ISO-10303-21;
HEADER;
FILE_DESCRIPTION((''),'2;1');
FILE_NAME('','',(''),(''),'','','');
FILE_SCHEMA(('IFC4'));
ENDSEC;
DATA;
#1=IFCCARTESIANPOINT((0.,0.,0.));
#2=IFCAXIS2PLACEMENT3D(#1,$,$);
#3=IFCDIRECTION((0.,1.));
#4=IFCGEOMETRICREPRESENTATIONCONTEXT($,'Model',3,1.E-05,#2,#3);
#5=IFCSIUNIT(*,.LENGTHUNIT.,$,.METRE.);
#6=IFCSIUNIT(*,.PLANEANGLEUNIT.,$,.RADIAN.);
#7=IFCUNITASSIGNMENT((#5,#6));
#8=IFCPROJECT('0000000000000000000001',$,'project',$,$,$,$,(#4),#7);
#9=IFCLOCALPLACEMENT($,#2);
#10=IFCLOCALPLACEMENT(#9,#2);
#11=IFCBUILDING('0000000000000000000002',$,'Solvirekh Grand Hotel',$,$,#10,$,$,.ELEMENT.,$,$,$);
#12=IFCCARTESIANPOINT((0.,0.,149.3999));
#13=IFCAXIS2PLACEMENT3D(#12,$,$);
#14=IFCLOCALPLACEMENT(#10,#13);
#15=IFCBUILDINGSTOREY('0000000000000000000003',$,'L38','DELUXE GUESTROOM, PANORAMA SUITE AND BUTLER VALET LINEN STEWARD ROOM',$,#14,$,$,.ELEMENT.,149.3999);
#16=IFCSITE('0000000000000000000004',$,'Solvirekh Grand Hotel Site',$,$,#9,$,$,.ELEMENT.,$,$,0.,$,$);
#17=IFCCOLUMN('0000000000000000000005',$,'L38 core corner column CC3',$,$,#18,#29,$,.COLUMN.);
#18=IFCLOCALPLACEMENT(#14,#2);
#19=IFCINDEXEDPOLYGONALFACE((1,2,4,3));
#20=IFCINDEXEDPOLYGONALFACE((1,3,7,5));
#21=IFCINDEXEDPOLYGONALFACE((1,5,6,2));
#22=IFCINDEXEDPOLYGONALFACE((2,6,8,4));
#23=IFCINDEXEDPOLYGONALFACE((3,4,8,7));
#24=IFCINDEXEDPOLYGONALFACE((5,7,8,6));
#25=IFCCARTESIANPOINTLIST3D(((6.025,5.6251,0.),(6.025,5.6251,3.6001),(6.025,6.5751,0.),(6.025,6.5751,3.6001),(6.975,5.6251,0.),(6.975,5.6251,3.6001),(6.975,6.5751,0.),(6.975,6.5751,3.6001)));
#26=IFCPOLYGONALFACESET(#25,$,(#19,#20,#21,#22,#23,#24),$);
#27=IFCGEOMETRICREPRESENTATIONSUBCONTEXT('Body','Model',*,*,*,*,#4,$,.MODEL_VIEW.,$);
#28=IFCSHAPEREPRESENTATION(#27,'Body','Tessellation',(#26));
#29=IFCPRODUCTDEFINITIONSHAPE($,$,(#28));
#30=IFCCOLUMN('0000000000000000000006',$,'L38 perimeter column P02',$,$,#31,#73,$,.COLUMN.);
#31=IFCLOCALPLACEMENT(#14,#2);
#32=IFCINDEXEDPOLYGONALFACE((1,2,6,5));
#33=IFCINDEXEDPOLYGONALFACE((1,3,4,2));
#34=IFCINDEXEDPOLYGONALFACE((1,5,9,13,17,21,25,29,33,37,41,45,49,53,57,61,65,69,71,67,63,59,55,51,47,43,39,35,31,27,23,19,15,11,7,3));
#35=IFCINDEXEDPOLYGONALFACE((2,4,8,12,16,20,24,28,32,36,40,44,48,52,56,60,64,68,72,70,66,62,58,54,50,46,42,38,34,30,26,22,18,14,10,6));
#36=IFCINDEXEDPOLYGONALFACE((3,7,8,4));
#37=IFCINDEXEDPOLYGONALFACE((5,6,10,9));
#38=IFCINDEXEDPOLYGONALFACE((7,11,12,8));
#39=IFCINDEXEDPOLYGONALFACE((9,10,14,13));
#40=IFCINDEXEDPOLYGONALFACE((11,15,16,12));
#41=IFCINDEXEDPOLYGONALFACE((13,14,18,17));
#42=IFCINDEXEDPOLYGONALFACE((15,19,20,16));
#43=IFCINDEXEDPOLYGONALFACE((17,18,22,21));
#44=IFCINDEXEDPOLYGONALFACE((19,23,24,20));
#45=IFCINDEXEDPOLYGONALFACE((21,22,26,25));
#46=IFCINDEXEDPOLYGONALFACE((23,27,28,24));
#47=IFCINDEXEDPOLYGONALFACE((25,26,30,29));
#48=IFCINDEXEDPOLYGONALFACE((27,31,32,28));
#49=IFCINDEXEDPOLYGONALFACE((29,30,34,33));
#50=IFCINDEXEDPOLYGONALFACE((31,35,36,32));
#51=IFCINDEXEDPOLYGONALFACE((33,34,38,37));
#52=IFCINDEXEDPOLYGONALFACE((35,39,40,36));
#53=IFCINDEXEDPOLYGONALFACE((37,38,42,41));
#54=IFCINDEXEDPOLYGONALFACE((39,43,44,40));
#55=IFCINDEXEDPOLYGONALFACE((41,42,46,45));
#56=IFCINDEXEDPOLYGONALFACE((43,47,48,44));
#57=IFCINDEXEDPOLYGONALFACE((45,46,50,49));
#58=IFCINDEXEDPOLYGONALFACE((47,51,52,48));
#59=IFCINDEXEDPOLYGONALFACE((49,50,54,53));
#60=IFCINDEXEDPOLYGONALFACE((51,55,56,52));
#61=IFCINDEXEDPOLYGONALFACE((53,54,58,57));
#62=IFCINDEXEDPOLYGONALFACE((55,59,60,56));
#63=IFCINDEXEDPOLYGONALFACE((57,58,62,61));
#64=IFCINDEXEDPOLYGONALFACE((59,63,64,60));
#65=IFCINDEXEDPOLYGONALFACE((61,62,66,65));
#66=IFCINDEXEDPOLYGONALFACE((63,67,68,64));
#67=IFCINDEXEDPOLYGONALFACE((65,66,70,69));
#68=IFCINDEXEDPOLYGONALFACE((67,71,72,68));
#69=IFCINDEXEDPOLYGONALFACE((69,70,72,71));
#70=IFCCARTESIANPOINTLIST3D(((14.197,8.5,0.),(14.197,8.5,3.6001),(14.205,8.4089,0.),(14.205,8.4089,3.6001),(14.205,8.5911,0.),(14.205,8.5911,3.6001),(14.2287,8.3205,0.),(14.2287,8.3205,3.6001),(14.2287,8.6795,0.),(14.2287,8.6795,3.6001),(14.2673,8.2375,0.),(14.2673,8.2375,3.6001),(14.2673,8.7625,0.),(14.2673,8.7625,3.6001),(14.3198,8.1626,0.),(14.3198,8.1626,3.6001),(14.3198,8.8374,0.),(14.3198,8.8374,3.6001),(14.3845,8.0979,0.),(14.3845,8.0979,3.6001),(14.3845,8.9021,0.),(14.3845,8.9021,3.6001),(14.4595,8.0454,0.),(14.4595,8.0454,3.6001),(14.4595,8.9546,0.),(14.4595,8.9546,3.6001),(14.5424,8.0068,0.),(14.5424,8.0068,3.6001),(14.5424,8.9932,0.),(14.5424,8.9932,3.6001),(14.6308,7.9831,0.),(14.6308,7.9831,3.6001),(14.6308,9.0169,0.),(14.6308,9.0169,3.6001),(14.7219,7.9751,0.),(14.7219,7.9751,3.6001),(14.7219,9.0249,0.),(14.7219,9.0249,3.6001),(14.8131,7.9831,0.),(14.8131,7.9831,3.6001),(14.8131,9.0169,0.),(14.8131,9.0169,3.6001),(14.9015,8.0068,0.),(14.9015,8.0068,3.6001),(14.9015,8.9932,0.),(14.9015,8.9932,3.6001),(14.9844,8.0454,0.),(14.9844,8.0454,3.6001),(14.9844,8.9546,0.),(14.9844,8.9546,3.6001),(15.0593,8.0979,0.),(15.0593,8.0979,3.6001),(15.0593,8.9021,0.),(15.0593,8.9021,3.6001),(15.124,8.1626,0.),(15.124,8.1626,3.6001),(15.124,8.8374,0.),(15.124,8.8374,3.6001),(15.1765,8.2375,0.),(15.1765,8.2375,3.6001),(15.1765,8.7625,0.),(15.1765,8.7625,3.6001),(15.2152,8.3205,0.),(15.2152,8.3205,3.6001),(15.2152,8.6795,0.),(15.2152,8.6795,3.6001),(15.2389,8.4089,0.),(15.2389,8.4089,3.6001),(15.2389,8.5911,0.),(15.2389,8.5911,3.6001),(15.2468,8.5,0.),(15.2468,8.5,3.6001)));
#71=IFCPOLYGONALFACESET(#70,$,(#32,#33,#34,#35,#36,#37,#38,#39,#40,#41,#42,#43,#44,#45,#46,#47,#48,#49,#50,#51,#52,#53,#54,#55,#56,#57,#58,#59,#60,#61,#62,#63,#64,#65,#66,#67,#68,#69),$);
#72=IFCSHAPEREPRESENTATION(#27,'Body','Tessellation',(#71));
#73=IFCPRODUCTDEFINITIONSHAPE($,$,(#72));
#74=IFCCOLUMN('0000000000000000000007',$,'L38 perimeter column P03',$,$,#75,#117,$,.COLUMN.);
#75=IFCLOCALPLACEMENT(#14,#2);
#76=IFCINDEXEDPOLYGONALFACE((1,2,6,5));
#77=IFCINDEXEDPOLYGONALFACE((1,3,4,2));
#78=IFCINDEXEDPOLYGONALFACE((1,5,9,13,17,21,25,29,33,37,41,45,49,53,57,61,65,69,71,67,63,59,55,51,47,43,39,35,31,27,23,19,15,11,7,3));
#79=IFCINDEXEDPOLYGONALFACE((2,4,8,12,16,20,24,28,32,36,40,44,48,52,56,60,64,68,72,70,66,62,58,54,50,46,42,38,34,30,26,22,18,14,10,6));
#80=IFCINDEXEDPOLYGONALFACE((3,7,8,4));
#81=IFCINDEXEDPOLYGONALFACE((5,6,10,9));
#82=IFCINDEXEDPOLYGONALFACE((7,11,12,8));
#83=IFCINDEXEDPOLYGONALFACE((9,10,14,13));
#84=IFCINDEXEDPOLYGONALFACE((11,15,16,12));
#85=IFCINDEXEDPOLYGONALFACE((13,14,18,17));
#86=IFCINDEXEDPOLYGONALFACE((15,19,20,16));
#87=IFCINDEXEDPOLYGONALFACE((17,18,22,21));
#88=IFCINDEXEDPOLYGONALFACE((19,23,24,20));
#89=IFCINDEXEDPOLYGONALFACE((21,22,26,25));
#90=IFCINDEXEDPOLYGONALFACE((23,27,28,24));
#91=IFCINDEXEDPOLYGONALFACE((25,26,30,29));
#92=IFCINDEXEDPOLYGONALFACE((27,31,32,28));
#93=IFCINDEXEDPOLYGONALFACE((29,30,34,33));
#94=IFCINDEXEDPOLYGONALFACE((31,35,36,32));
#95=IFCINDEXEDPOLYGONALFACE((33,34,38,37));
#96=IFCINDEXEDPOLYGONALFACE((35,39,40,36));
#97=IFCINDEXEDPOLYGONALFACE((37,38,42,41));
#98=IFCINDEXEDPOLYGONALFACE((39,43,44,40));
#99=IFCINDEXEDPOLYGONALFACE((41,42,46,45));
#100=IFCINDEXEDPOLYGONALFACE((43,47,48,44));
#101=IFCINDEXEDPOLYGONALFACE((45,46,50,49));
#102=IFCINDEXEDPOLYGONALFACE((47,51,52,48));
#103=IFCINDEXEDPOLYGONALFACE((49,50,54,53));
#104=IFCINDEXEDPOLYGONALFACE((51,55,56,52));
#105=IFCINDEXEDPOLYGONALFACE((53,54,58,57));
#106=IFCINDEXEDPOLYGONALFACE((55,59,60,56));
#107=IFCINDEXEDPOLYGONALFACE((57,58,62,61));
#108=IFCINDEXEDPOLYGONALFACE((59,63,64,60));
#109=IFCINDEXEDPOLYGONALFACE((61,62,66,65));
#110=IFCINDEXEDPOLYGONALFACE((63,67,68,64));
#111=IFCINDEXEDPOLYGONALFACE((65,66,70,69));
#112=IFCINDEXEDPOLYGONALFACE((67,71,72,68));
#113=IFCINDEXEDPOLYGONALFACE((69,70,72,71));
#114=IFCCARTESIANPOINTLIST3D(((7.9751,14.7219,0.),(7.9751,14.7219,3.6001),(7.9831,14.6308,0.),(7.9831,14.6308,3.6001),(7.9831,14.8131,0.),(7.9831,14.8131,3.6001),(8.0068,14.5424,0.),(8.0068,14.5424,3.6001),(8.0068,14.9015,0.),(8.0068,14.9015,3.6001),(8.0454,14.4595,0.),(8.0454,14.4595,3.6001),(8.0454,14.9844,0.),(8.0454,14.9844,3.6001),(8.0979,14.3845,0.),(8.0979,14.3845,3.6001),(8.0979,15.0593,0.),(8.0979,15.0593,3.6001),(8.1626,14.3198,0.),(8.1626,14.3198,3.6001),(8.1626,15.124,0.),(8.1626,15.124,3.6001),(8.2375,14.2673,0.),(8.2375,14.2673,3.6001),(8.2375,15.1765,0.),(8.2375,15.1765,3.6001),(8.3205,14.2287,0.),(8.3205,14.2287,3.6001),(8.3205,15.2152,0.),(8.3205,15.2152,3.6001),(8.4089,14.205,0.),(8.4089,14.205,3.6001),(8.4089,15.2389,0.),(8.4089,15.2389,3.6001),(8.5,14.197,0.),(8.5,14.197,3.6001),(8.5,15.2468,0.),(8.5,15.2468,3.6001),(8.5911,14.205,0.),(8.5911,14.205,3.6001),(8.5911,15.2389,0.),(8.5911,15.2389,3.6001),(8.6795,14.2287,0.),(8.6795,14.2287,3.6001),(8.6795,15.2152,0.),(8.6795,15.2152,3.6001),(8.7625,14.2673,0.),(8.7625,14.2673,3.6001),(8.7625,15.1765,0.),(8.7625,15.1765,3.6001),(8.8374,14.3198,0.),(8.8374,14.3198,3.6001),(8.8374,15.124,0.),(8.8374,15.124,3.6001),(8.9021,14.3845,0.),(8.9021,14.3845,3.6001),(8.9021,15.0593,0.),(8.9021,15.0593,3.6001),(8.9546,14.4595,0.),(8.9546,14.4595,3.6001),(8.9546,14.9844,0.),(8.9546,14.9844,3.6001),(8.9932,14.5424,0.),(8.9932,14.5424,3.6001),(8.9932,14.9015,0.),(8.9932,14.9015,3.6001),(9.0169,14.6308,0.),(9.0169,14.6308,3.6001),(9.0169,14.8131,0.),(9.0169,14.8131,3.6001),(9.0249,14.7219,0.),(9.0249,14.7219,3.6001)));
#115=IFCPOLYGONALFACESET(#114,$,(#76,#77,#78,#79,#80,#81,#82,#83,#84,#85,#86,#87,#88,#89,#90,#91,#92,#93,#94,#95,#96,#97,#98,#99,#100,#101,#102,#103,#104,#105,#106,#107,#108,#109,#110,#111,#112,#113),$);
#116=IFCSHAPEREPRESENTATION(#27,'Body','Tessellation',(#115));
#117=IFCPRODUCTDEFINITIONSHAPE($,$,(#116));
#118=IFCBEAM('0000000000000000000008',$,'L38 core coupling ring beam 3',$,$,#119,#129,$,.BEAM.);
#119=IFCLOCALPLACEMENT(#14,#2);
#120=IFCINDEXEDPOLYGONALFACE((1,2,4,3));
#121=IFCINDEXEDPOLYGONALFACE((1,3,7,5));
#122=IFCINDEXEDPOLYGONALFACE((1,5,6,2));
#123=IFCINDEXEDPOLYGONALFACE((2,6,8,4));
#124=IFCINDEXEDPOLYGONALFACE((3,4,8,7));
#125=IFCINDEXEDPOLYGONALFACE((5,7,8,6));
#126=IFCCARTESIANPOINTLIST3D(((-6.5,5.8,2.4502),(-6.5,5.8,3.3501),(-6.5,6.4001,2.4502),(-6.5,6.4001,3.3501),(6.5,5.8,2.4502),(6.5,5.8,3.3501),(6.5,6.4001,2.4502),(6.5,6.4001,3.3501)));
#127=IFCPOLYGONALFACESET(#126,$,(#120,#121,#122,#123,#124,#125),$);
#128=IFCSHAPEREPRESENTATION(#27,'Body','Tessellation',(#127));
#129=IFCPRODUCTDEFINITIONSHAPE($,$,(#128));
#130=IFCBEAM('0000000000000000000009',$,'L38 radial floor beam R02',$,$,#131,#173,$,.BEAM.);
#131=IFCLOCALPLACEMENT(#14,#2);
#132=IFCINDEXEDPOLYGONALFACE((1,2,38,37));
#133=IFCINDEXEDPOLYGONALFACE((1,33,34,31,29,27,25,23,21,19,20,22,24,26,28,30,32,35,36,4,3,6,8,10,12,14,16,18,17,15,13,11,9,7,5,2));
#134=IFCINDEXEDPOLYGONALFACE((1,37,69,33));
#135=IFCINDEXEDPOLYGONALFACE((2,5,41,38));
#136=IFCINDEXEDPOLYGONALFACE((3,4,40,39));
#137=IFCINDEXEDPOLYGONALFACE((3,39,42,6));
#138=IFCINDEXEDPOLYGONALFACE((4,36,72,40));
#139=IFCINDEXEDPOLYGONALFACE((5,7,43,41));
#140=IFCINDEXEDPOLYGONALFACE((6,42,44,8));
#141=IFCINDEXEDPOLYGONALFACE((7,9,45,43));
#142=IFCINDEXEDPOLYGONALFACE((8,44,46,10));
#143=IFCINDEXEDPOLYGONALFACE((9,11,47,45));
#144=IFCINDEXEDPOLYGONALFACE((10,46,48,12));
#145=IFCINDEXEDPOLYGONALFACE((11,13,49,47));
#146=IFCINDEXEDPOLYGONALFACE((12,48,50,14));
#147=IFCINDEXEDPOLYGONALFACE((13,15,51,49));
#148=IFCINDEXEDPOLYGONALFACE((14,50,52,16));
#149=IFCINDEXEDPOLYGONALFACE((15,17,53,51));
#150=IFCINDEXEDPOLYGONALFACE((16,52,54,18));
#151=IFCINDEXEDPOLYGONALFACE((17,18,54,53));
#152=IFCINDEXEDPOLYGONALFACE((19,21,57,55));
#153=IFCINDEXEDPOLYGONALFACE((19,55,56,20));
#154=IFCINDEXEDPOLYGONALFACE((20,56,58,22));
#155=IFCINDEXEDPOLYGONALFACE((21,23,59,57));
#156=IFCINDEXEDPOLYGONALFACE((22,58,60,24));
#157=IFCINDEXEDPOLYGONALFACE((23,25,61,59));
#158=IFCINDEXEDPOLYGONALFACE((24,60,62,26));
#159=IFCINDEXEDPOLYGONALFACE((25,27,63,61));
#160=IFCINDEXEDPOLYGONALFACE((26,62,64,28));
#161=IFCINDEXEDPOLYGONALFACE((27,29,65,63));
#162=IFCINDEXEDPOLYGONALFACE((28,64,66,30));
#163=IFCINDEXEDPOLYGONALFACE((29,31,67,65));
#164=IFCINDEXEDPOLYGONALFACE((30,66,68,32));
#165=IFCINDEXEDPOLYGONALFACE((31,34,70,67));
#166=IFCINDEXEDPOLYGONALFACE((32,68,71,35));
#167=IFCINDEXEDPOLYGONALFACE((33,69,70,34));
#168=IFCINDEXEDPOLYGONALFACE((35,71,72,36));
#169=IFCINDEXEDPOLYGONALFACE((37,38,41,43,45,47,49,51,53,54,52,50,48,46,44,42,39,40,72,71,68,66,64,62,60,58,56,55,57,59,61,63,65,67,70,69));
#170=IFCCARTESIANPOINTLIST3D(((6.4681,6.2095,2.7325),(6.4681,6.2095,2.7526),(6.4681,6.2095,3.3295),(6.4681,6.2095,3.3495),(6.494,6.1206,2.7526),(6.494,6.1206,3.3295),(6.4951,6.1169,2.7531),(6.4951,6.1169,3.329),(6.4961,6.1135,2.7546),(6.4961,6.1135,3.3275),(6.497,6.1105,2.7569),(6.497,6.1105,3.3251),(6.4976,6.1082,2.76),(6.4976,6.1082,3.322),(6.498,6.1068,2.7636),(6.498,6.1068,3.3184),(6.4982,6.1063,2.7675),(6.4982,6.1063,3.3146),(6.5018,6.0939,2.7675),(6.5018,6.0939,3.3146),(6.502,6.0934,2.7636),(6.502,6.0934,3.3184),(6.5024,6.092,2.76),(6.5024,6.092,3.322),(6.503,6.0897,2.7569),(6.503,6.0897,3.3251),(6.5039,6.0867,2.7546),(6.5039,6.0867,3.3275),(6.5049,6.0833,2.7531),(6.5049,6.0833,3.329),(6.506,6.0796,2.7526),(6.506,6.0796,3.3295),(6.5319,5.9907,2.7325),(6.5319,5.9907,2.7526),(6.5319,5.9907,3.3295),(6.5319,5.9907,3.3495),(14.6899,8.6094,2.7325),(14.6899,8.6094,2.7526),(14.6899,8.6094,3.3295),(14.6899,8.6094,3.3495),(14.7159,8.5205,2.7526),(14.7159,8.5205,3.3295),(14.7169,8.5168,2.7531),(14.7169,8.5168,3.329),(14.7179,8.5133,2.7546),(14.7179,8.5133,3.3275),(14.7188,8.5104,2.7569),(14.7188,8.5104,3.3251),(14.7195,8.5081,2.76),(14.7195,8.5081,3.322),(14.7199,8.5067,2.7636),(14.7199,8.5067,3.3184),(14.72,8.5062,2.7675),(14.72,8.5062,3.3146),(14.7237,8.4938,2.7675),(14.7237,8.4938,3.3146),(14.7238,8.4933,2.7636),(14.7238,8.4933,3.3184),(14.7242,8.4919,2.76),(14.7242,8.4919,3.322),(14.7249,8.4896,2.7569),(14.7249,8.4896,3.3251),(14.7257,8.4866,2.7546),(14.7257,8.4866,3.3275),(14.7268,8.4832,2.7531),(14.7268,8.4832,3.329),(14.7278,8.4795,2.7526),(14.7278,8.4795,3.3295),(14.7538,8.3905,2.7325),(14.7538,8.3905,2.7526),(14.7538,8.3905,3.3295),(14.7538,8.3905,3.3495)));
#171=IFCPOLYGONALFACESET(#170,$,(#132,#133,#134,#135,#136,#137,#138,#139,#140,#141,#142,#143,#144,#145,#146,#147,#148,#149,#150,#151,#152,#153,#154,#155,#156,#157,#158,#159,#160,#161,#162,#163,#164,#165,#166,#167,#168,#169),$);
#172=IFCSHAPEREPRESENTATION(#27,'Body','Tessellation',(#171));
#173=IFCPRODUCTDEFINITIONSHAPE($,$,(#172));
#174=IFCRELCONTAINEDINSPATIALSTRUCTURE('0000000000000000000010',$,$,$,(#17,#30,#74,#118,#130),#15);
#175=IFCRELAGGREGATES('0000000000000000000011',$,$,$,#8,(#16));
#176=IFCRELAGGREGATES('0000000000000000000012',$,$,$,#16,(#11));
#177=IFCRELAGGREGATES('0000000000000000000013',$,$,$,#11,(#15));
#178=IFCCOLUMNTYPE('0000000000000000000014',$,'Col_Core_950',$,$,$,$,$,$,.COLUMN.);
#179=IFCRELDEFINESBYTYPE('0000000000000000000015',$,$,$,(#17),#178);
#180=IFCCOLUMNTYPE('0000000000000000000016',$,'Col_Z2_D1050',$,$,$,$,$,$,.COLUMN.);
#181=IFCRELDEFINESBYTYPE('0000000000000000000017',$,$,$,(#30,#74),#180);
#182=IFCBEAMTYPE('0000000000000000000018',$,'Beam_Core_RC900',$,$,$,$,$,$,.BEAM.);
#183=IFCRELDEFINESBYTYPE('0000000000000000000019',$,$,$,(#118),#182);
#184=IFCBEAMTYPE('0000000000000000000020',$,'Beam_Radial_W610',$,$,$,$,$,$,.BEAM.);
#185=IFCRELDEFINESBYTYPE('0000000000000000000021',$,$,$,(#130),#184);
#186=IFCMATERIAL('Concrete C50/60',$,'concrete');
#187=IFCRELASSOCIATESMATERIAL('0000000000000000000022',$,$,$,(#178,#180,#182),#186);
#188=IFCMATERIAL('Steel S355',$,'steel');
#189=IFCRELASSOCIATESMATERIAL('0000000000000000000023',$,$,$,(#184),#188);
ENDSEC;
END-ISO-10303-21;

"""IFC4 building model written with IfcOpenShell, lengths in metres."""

from ifc_helpers import new_model, si_unit, direction, frame, origin, origin_2d, place, context, subcontext, project, spatial, rectangle, circle, i_section, extrude, material, material_profile, profile_set, type_object, element, save


model = new_model("IFC4")

# Units and contexts
model_context = context("Model", 3, precision=1e-05, world=origin(), true_north=direction((0.0, 1.0)))
body_context = subcontext(model_context, "Body", "Model", "MODEL_VIEW")
ifc_project = project(units=[si_unit("LENGTHUNIT", "METRE"), si_unit("PLANEANGLEUNIT", "RADIAN")], contexts=[model_context])

# Site, building, storey
site_placement = place(None, origin())
site = spatial("IfcSite", under=ifc_project, at=site_placement, Name="Solvirekh Grand Hotel Site", CompositionType="ELEMENT", RefElevation=0.0)
building_placement = place(site_placement, origin())
building = spatial("IfcBuilding", under=site, at=building_placement, Name="Solvirekh Grand Hotel", CompositionType="ELEMENT")
storey_placement = place(building_placement, frame((0.0, 0.0, 149.3999)))
storey = spatial("IfcBuildingStorey", under=building, at=storey_placement, Name="L38", Description="DELUXE GUESTROOM, PANORAMA SUITE AND BUTLER VALET LINEN STEWARD ROOM", CompositionType="ELEMENT", Elevation=149.3999)

# Columns
ifc_material_1 = material(Name="Concrete C50/60", Category="concrete")
ifc_material_profile_1 = material_profile(ifc_material_1, rectangle(XDim=0.95, YDim=0.95, at=origin_2d()), Name="RC 950X950")
ifc_profile_set_1 = profile_set([ifc_material_profile_1], Name="Concrete C50/60")
column_type_1 = type_object("IfcColumnType", Name="Col_Core_950", PredefinedType="COLUMN", material=ifc_profile_set_1)
column_placement = place(storey_placement, frame((6.5, 6.1001, 0.0), z_axis=(0.0, 0.0, 1.0), x_axis=(1.0, 0.0, 0.0)))
element("IfcColumn", 1, at=column_placement, inside=storey, type_object=column_type_1, Name="L38 core corner column CC3", PredefinedType="COLUMN", context=body_context, shape_type="SweptSolid", body=[
    extrude(rectangle(XDim=0.95, YDim=0.95, at=origin_2d()), origin(), (0.0, 0.0, 1.0), 3.6001),
])
ifc_material_profile_2 = material_profile(ifc_material_1, circle(Radius=0.5249, at=origin_2d()), Name="RC CIRC D1050")
ifc_profile_set_2 = profile_set([ifc_material_profile_2], Name="Concrete C50/60")
column_type_2 = type_object("IfcColumnType", Name="Col_Z2_D1050", PredefinedType="COLUMN", material=ifc_profile_set_2)
for number, where, z_axis, x_axis, name in (
    (2, (14.7219, 8.5, 0.0), (0.0, 0.0, 1.0), (1.0, 0.0, 0.0), "L38 perimeter column P02"),
    (3, (8.5, 14.7219, 0.0), (0.0, 0.0, 1.0), (1.0, 0.0, 0.0), "L38 perimeter column P03"),
):
    element("IfcColumn", number, at=place(storey_placement, frame(where, z_axis=z_axis, x_axis=x_axis)), inside=storey, type_object=column_type_2, Name=name, PredefinedType="COLUMN", context=body_context, shape_type="SweptSolid", body=[
        extrude(circle(Radius=0.5249, at=origin_2d()), origin(), (0.0, 0.0, 1.0), 3.6001),
    ])

# Beams
ifc_material_profile_3 = material_profile(ifc_material_1, rectangle(XDim=0.6001, YDim=0.8999, at=origin_2d()), Name="RC BEAM 600X900")
ifc_profile_set_3 = profile_set([ifc_material_profile_3], Name="Concrete C50/60")
beam_type_1 = type_object("IfcBeamType", Name="Beam_Core_RC900", PredefinedType="BEAM", material=ifc_profile_set_3)
beam_1_placement = place(storey_placement, frame((6.5, 6.1001, 2.9001), z_axis=(-1.0, 0.0, 0.0), x_axis=(0.0, -1.0, 0.0)))
element("IfcBeam", 4, at=beam_1_placement, inside=storey, type_object=beam_type_1, Name="L38 core coupling ring beam 3", PredefinedType="BEAM", context=body_context, shape_type="SweptSolid", body=[
    extrude(rectangle(XDim=0.6001, YDim=0.8999, at=origin_2d()), origin(), (0.0, 0.0, 1.0), 13.0),
])
ifc_material_2 = material(Name="Steel S355", Category="steel")
ifc_material_profile_4 = material_profile(ifc_material_2, i_section(OverallWidth=0.228, OverallDepth=0.6169, WebThickness=0.0129, FlangeThickness=0.02, FilletRadius=0.0149, at=origin_2d()), Name="W610X140")
ifc_profile_set_4 = profile_set([ifc_material_profile_4], Name="Steel S355")
beam_type_2 = type_object("IfcBeamType", Name="Beam_Radial_W610", PredefinedType="BEAM", material=ifc_profile_set_4)
beam_2_placement = place(storey_placement, frame((6.5, 6.1001, 3.041), z_axis=(0.959942, 0.280198, 0.0), x_axis=(-0.280198, 0.959942, 0.0)))
element("IfcBeam", 5, at=beam_2_placement, inside=storey, type_object=beam_type_2, Name="L38 radial floor beam R02", PredefinedType="BEAM", context=body_context, shape_type="SweptSolid", body=[
    extrude(i_section(OverallWidth=0.228, OverallDepth=0.6169, WebThickness=0.0129, FlangeThickness=0.02, FilletRadius=0.0149, at=origin_2d()), origin(), (0.0, 0.0, 1.0), 8.5649),
])

save(model, "model.ifc")
